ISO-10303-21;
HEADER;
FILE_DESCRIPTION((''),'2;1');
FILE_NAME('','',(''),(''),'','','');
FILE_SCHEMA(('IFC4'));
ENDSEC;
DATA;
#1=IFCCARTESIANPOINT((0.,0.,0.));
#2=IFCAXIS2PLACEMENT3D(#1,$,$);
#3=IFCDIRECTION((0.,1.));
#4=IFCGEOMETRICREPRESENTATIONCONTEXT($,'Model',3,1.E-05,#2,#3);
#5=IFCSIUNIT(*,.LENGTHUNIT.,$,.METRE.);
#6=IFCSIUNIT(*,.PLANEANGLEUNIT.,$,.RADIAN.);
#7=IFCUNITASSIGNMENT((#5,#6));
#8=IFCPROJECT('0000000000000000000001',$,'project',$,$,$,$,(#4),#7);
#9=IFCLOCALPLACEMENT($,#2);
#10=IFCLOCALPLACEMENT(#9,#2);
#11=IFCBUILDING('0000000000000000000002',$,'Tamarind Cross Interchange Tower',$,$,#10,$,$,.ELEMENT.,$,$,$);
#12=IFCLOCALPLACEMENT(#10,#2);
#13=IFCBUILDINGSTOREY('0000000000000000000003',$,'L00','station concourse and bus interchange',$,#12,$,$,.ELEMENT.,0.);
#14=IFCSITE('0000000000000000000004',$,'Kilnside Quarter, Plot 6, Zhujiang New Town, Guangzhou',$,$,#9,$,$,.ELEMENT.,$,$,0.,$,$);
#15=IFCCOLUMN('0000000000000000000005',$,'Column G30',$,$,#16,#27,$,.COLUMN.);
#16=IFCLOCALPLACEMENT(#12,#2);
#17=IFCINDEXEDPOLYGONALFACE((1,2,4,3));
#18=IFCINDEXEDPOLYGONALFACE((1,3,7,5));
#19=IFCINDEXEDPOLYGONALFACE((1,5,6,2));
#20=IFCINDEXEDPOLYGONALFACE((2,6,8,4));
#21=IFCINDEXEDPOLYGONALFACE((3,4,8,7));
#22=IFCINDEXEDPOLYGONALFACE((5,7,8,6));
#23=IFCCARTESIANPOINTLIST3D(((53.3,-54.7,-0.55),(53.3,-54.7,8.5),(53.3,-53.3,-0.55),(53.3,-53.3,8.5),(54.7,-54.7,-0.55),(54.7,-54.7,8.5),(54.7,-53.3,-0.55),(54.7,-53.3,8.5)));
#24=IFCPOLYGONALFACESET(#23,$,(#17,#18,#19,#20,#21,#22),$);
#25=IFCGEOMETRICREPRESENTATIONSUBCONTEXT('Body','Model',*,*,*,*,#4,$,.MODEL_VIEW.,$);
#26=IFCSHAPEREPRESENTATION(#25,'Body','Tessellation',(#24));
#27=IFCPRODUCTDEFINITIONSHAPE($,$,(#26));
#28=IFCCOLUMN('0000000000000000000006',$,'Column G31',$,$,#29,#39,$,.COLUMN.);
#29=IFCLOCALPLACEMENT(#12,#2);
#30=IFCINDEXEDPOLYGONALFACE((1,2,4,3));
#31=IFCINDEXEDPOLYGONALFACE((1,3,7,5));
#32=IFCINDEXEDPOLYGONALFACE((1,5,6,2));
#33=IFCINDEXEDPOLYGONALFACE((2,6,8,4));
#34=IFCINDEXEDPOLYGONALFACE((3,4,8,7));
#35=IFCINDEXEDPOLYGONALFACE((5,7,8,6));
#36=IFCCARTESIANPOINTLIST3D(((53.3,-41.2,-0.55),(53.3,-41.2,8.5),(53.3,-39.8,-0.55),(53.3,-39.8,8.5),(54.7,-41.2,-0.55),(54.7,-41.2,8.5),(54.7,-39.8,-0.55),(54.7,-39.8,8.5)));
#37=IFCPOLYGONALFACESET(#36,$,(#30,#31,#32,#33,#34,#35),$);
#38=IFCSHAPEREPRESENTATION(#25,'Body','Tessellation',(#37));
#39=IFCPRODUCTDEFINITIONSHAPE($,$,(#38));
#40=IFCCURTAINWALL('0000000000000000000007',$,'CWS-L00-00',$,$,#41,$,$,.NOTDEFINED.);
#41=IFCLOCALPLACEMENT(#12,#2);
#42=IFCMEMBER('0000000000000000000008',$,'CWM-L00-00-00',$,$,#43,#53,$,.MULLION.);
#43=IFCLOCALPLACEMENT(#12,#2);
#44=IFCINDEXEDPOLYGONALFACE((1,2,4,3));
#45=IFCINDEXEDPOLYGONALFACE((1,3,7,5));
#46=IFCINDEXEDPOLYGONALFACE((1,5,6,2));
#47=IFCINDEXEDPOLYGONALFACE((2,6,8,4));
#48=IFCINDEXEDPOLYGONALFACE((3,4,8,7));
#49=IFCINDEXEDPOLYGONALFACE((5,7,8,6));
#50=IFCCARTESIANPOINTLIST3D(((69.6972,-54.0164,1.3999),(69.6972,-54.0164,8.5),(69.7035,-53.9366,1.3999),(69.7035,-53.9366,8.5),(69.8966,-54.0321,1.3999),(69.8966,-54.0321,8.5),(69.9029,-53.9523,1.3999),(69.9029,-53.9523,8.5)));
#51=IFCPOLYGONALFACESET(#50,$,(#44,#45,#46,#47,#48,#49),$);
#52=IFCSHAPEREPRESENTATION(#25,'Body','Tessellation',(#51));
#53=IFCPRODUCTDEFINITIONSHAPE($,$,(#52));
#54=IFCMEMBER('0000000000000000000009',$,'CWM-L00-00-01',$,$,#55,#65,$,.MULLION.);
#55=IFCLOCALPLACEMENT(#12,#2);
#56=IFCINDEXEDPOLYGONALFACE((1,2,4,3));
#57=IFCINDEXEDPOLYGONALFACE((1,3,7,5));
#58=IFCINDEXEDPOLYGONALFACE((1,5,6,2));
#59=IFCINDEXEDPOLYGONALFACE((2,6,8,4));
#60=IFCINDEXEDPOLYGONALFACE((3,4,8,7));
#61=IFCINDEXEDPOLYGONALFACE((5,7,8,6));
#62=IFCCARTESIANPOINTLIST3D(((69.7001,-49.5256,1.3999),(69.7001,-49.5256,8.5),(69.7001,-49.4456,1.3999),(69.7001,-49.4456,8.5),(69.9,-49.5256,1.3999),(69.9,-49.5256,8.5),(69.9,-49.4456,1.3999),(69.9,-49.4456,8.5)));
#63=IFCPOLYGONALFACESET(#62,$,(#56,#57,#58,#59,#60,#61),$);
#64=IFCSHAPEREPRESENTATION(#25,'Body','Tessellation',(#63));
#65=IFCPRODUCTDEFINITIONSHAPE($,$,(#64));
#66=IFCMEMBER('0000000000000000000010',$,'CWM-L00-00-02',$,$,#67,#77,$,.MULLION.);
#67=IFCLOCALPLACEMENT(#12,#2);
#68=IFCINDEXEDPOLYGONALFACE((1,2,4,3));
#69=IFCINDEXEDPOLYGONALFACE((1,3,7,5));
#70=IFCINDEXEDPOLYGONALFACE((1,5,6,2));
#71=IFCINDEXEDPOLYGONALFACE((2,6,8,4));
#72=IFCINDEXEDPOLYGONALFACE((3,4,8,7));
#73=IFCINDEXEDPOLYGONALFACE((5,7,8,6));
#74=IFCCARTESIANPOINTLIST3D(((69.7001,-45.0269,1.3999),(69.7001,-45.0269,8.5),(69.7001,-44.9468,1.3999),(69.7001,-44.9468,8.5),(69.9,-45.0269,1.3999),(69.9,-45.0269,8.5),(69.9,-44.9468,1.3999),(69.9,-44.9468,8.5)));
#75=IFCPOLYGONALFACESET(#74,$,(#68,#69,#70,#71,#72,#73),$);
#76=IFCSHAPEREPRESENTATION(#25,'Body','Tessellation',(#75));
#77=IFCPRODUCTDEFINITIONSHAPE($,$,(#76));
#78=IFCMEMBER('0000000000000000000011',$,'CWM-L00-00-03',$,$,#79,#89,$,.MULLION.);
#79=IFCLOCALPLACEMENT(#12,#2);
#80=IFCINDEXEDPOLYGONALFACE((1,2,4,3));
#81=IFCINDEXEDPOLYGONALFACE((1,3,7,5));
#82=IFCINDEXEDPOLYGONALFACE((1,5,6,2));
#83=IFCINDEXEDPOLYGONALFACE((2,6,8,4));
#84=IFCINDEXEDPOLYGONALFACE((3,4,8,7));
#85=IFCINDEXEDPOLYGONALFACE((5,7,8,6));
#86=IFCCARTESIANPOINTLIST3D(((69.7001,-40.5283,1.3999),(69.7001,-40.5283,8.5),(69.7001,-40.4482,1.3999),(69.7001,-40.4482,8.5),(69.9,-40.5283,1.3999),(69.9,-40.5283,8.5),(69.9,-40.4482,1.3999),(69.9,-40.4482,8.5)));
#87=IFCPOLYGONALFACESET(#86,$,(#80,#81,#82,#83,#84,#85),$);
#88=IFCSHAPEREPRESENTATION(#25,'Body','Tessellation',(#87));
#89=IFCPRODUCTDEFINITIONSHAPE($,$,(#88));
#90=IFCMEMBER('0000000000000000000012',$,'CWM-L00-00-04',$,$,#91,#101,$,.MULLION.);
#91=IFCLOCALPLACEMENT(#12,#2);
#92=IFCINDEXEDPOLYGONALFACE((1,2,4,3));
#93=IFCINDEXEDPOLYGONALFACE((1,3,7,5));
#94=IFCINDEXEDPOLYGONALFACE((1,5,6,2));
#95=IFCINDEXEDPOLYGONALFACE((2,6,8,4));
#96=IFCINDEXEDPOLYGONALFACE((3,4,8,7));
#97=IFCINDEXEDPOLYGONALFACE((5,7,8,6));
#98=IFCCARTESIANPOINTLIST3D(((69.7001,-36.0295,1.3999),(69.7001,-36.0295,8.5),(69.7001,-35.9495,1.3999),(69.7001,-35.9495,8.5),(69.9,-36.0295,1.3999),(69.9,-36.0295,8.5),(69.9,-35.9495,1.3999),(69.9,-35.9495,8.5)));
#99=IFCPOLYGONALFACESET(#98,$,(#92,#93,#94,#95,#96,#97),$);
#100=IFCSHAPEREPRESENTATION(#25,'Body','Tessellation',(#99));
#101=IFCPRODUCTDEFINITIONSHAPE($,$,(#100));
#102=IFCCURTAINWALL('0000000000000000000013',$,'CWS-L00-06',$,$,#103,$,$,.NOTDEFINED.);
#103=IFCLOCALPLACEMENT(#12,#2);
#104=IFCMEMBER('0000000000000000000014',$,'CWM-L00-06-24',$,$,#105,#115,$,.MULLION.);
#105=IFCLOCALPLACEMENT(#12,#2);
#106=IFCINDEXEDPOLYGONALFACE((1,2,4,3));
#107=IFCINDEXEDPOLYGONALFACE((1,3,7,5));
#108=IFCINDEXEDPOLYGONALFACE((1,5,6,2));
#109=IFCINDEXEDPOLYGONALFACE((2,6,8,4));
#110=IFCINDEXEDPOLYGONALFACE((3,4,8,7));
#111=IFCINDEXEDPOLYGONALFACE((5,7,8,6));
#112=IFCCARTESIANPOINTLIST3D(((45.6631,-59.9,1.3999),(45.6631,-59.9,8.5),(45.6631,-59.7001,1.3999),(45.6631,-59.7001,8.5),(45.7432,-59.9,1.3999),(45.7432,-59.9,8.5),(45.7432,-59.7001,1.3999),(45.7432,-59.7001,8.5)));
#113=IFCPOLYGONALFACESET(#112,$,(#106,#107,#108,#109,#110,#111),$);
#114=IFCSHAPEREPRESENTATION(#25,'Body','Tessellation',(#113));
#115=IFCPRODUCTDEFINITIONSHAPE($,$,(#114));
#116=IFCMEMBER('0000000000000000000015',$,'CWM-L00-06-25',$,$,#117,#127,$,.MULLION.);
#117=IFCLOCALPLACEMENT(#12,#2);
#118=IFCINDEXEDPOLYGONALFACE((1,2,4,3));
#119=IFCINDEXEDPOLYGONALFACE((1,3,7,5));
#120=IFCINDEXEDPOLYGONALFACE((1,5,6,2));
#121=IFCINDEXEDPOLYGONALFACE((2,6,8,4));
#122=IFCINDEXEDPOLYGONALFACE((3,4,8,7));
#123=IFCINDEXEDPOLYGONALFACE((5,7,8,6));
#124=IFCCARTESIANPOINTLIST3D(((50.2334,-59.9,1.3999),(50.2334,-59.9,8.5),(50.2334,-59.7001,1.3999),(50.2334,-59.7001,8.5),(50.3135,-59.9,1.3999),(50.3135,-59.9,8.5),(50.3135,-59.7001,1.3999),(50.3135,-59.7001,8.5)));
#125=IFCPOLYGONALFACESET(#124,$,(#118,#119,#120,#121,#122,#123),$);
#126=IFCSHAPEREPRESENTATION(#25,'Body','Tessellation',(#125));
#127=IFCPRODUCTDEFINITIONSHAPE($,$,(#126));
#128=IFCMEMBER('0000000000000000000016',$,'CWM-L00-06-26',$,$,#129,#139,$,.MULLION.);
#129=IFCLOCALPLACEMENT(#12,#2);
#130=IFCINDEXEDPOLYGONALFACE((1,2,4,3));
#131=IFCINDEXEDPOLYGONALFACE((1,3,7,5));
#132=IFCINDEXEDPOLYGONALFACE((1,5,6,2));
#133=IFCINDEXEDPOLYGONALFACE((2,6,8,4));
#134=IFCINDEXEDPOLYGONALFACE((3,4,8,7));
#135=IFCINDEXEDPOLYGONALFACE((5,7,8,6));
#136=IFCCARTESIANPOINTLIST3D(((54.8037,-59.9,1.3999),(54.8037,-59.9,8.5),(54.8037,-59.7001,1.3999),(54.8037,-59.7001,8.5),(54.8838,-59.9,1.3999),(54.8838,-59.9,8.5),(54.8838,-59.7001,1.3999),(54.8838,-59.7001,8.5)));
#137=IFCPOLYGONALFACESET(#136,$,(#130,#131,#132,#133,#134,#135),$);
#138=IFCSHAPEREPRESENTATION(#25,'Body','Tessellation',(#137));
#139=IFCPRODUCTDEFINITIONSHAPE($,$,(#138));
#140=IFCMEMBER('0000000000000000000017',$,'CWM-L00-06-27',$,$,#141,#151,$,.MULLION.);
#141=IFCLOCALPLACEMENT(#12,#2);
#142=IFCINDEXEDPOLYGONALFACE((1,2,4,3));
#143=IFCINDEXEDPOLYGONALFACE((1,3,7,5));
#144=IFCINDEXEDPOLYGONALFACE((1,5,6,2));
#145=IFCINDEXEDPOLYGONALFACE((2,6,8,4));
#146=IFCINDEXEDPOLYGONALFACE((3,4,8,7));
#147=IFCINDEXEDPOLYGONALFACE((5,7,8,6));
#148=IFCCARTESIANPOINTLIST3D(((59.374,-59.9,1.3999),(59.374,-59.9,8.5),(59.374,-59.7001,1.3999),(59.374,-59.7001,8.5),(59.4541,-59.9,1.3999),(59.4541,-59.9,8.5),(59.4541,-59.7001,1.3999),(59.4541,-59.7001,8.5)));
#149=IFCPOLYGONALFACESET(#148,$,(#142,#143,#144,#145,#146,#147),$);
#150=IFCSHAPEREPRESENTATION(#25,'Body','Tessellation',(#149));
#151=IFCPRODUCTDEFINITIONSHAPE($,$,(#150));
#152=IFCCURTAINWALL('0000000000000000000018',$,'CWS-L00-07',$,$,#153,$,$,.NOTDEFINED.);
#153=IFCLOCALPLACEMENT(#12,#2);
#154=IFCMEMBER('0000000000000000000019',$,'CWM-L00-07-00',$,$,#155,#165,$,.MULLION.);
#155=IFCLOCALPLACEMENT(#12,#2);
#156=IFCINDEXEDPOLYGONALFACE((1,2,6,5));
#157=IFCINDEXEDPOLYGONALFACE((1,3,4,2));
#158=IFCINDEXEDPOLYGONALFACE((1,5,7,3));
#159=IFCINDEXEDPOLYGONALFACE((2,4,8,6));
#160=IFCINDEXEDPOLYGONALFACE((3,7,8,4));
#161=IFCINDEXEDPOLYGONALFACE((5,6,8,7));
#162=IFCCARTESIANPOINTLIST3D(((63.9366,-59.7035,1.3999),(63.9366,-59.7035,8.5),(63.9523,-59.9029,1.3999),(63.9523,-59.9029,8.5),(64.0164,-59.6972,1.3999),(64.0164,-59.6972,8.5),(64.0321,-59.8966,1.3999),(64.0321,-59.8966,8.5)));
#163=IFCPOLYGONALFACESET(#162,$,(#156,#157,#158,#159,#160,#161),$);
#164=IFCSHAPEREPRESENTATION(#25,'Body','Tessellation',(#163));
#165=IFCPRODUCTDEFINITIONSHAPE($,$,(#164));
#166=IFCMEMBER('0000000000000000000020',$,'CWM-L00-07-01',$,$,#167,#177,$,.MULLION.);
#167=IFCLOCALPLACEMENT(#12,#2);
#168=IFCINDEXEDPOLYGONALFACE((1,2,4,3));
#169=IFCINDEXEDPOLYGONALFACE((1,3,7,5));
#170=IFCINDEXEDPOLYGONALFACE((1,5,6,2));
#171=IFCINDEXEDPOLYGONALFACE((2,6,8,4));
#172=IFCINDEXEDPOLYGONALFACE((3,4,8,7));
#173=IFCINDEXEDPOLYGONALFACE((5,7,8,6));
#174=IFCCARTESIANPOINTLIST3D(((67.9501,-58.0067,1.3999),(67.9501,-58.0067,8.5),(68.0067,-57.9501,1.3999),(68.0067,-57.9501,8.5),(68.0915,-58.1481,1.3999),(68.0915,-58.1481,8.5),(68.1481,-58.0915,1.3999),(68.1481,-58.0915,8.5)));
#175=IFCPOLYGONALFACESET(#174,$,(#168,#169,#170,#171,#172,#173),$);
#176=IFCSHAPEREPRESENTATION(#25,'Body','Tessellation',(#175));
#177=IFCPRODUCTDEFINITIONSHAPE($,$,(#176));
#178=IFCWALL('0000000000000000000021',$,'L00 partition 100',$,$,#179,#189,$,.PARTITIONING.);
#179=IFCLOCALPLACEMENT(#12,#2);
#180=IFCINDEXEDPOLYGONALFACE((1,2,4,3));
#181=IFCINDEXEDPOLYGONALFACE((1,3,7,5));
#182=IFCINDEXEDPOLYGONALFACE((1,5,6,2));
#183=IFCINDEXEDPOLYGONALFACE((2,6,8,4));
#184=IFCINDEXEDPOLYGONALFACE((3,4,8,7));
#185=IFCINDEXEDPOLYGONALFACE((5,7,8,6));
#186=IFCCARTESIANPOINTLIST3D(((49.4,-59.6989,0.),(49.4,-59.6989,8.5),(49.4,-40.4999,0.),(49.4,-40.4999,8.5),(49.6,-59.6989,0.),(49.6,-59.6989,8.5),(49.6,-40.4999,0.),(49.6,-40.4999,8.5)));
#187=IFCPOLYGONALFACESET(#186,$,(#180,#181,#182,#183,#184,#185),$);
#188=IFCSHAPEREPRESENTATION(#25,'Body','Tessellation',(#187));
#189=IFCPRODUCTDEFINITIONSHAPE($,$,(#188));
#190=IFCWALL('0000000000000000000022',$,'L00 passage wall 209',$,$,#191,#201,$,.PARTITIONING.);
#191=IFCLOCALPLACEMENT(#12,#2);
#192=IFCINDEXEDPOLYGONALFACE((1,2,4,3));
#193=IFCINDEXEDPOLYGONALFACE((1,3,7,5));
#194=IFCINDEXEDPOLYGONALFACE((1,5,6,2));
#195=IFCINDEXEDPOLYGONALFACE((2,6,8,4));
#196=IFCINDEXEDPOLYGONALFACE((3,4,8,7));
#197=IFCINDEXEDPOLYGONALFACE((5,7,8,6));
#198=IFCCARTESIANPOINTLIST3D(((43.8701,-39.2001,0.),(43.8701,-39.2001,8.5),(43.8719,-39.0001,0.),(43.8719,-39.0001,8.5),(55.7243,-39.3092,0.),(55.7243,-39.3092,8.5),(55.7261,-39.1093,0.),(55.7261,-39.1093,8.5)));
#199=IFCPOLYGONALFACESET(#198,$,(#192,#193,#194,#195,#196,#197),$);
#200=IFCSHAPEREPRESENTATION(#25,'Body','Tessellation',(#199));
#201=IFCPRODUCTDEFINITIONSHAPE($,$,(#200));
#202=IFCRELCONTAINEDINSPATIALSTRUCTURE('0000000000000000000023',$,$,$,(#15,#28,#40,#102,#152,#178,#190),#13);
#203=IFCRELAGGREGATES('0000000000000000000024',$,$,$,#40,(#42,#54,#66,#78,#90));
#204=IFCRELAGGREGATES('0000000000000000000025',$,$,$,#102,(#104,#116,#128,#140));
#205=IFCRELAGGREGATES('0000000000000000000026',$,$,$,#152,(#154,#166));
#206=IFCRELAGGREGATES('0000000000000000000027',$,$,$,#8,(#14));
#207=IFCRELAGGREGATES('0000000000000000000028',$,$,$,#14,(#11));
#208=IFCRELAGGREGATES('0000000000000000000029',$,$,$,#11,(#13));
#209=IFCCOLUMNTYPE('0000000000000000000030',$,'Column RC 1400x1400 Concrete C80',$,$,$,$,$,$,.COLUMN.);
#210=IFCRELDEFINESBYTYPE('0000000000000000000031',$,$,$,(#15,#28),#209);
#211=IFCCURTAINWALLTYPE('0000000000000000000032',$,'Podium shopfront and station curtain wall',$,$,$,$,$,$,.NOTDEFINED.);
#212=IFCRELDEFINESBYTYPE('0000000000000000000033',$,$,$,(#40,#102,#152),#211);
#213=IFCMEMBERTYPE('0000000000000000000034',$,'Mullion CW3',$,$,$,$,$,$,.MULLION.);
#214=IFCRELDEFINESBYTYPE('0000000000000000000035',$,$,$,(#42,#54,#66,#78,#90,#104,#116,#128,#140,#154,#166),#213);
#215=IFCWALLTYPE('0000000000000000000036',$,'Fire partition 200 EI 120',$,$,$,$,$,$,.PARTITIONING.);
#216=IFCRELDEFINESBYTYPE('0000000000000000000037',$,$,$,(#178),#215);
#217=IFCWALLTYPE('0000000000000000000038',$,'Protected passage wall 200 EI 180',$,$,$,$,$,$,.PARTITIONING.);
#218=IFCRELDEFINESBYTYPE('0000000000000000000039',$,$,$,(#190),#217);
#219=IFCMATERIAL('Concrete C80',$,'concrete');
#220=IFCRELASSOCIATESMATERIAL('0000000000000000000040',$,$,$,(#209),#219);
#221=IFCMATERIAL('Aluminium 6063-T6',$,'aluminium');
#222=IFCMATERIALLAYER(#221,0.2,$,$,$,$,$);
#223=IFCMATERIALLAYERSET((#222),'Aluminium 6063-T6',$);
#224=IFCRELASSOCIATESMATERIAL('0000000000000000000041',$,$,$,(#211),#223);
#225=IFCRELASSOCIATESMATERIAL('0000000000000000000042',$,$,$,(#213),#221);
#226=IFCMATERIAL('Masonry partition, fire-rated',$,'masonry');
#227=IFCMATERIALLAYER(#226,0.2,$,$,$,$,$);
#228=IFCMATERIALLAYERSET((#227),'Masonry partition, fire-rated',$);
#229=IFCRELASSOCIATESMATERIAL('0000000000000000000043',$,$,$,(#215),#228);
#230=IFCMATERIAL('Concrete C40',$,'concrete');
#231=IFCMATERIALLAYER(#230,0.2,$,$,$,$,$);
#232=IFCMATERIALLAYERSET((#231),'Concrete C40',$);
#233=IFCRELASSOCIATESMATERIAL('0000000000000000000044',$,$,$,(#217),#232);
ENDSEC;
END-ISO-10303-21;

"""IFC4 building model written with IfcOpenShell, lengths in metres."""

from ifc_helpers import new_model, si_unit, direction, frame, frame_2d, origin, origin_2d, place, context, subcontext, project, spatial, rectangle, extrude, material, layer, layer_set, material_profile, profile_set, type_object, element, aggregate, save


model = new_model("IFC4")

# Units and contexts
model_context = context("Model", 3, precision=1e-05, world=origin(), true_north=direction((0.0, 1.0)))
body_context = subcontext(model_context, "Body", "Model", "MODEL_VIEW")
ifc_project = project(units=[si_unit("LENGTHUNIT", "METRE"), si_unit("PLANEANGLEUNIT", "RADIAN")], contexts=[model_context])

# Site, building, storey
site_placement = place(None, origin())
site = spatial("IfcSite", under=ifc_project, at=site_placement, Name="Kilnside Quarter, Plot 6, Zhujiang New Town, Guangzhou", CompositionType="ELEMENT", RefElevation=0.0)
building_placement = place(site_placement, origin())
building = spatial("IfcBuilding", under=site, at=building_placement, Name="Tamarind Cross Interchange Tower", CompositionType="ELEMENT")
storey_placement = place(building_placement, origin())
storey = spatial("IfcBuildingStorey", under=building, at=storey_placement, Name="L00", Description="station concourse and bus interchange", CompositionType="ELEMENT", Elevation=0.0)

# Columns
ifc_material_1 = material(Name="Concrete C80", Category="concrete")
ifc_material_profile_1 = material_profile(ifc_material_1, rectangle(XDim=1.3999, YDim=1.3999, at=origin_2d()), Name="RC 1400x1400")
ifc_profile_set_1 = profile_set([ifc_material_profile_1], Name="Concrete C80")
column_type = type_object("IfcColumnType", Name="Column RC 1400x1400 Concrete C80", PredefinedType="COLUMN", material=ifc_profile_set_1)
for number, where, z_axis, x_axis, name in (
    (1, (54.0, -54.0, -0.55), (0.0, 0.0, 1.0), (1.0, 0.0, 0.0), "Column G30"),
    (2, (54.0, -40.5, -0.55), (0.0, 0.0, 1.0), (1.0, 0.0, 0.0), "Column G31"),
):
    element("IfcColumn", number, at=place(storey_placement, frame(where, z_axis=z_axis, x_axis=x_axis)), inside=storey, type_object=column_type, Name=name, PredefinedType="COLUMN", context=body_context, shape_type="SweptSolid", body=[
        extrude(rectangle(XDim=1.3999, YDim=1.3999, at=origin_2d()), origin(), (0.0, 0.0, 1.0), 9.05),
    ])

# Curtain walls, members
ifc_material_2 = material(Name="Aluminium 6063-T6", Category="aluminium")
ifc_layer_1 = layer(ifc_material_2, 0.2)
ifc_layer_set_1 = layer_set([ifc_layer_1], Name="Aluminium 6063-T6")
curtain_wall_type = type_object("IfcCurtainWallType", Name="Podium shopfront and station curtain wall", PredefinedType="NOTDEFINED", material=ifc_layer_set_1)
curtain_wall_1_placement = place(storey_placement, origin())
curtain_wall_1 = element("IfcCurtainWall", 3, at=curtain_wall_1_placement, inside=storey, type_object=curtain_wall_type, Name="CWS-L00-00", PredefinedType="NOTDEFINED")
ifc_material_profile_2 = material_profile(ifc_material_2, rectangle(XDim=0.0801, YDim=0.2, at=origin_2d()), Name="Mullion CW3")
ifc_profile_set_2 = profile_set([ifc_material_profile_2], Name="Aluminium 6063-T6")
member_type = type_object("IfcMemberType", Name="Mullion CW3", PredefinedType="MULLION", material=ifc_profile_set_2)
member_1_placement = place(storey_placement, frame((69.8, -53.9844, 1.3999), z_axis=(0.0, 0.0, 1.0), x_axis=(0.078459, 0.996917, 0.0)))
member_1 = element("IfcMember", 4, at=member_1_placement, type_object=member_type, Name="CWM-L00-00-00", PredefinedType="MULLION", context=body_context, shape_type="SweptSolid", body=[
    extrude(rectangle(XDim=0.0801, YDim=0.2, at=origin_2d()), origin(), (0.0, 0.0, 1.0), 7.1001),
])
member_2_placement = place(storey_placement, frame((69.8, -49.4856, 1.3999), z_axis=(0.0, 0.0, 1.0), x_axis=(0.0, 1.0, 0.0)))
member_2 = element("IfcMember", 5, at=member_2_placement, type_object=member_type, Name="CWM-L00-00-01", PredefinedType="MULLION", context=body_context, shape_type="SweptSolid", body=[
    extrude(rectangle(XDim=0.0801, YDim=0.2, at=origin_2d()), origin(), (0.0, 0.0, 1.0), 7.1001),
])
member_3_placement = place(storey_placement, frame((69.8, -44.9868, 1.3999), z_axis=(0.0, 0.0, 1.0), x_axis=(0.0, 1.0, 0.0)))
member_3 = element("IfcMember", 6, at=member_3_placement, type_object=member_type, Name="CWM-L00-00-02", PredefinedType="MULLION", context=body_context, shape_type="SweptSolid", body=[
    extrude(rectangle(XDim=0.0801, YDim=0.2, at=origin_2d()), origin(), (0.0, 0.0, 1.0), 7.1001),
])
member_4_placement = place(storey_placement, frame((69.8, -40.4883, 1.3999), z_axis=(0.0, 0.0, 1.0), x_axis=(0.0, 1.0, 0.0)))
member_4 = element("IfcMember", 7, at=member_4_placement, type_object=member_type, Name="CWM-L00-00-03", PredefinedType="MULLION", context=body_context, shape_type="SweptSolid", body=[
    extrude(rectangle(XDim=0.0801, YDim=0.2, at=origin_2d()), origin(), (0.0, 0.0, 1.0), 7.1001),
])
member_5_placement = place(storey_placement, frame((69.8, -35.9895, 1.3999), z_axis=(0.0, 0.0, 1.0), x_axis=(0.0, 1.0, 0.0)))
member_5 = element("IfcMember", 8, at=member_5_placement, type_object=member_type, Name="CWM-L00-00-04", PredefinedType="MULLION", context=body_context, shape_type="SweptSolid", body=[
    extrude(rectangle(XDim=0.0801, YDim=0.2, at=origin_2d()), origin(), (0.0, 0.0, 1.0), 7.1001),
])
aggregate(curtain_wall_1, [member_1, member_2, member_3, member_4, member_5])
curtain_wall_2_placement = place(storey_placement, origin())
curtain_wall_2 = element("IfcCurtainWall", 9, at=curtain_wall_2_placement, inside=storey, type_object=curtain_wall_type, Name="CWS-L00-06", PredefinedType="NOTDEFINED")
member_6_placement = place(storey_placement, frame((45.7031, -59.8, 1.3999), z_axis=(0.0, 0.0, 1.0), x_axis=(1.0, 0.0, 0.0)))
member_6 = element("IfcMember", 10, at=member_6_placement, type_object=member_type, Name="CWM-L00-06-24", PredefinedType="MULLION", context=body_context, shape_type="SweptSolid", body=[
    extrude(rectangle(XDim=0.0801, YDim=0.2, at=origin_2d()), origin(), (0.0, 0.0, 1.0), 7.1001),
])
member_7_placement = place(storey_placement, frame((50.2734, -59.8, 1.3999), z_axis=(0.0, 0.0, 1.0), x_axis=(1.0, 0.0, 0.0)))
member_7 = element("IfcMember", 11, at=member_7_placement, type_object=member_type, Name="CWM-L00-06-25", PredefinedType="MULLION", context=body_context, shape_type="SweptSolid", body=[
    extrude(rectangle(XDim=0.0801, YDim=0.2, at=origin_2d()), origin(), (0.0, 0.0, 1.0), 7.1001),
])
member_8_placement = place(storey_placement, frame((54.8438, -59.8, 1.3999), z_axis=(0.0, 0.0, 1.0), x_axis=(1.0, 0.0, 0.0)))
member_8 = element("IfcMember", 12, at=member_8_placement, type_object=member_type, Name="CWM-L00-06-26", PredefinedType="MULLION", context=body_context, shape_type="SweptSolid", body=[
    extrude(rectangle(XDim=0.0801, YDim=0.2, at=origin_2d()), origin(), (0.0, 0.0, 1.0), 7.1001),
])
member_9_placement = place(storey_placement, frame((59.4141, -59.8, 1.3999), z_axis=(0.0, 0.0, 1.0), x_axis=(1.0, 0.0, 0.0)))
member_9 = element("IfcMember", 13, at=member_9_placement, type_object=member_type, Name="CWM-L00-06-27", PredefinedType="MULLION", context=body_context, shape_type="SweptSolid", body=[
    extrude(rectangle(XDim=0.0801, YDim=0.2, at=origin_2d()), origin(), (0.0, 0.0, 1.0), 7.1001),
])
aggregate(curtain_wall_2, [member_6, member_7, member_8, member_9])
curtain_wall_3_placement = place(storey_placement, origin())
curtain_wall_3 = element("IfcCurtainWall", 14, at=curtain_wall_3_placement, inside=storey, type_object=curtain_wall_type, Name="CWS-L00-07", PredefinedType="NOTDEFINED")
member_10_placement = place(storey_placement, frame((63.9844, -59.8, 1.3999), z_axis=(0.0, 0.0, 1.0), x_axis=(0.996917, 0.078459, 0.0)))
member_10 = element("IfcMember", 15, at=member_10_placement, type_object=member_type, Name="CWM-L00-07-00", PredefinedType="MULLION", context=body_context, shape_type="SweptSolid", body=[
    extrude(rectangle(XDim=0.0801, YDim=0.2, at=origin_2d()), origin(), (0.0, 0.0, 1.0), 7.1001),
])
member_11_placement = place(storey_placement, frame((68.0491, -58.0491, 1.3999), z_axis=(0.0, 0.0, 1.0), x_axis=(0.707107, 0.707107, 0.0)))
member_11 = element("IfcMember", 16, at=member_11_placement, type_object=member_type, Name="CWM-L00-07-01", PredefinedType="MULLION", context=body_context, shape_type="SweptSolid", body=[
    extrude(rectangle(XDim=0.0801, YDim=0.2, at=origin_2d()), origin(), (0.0, 0.0, 1.0), 7.1001),
])
aggregate(curtain_wall_3, [member_10, member_11])

# Wall
ifc_material_3 = material(Name="Masonry partition, fire-rated", Category="masonry")
ifc_layer_2 = layer(ifc_material_3, 0.2)
ifc_layer_set_2 = layer_set([ifc_layer_2], Name="Masonry partition, fire-rated")
wall_type_1 = type_object("IfcWallType", Name="Fire partition 200 EI 120", PredefinedType="PARTITIONING", material=ifc_layer_set_2)
wall_1_placement = place(storey_placement, frame((49.5, -59.699, 0.0), z_axis=(0.0, 0.0, 1.0), x_axis=(0.0, 1.0, 0.0)))
element("IfcWall", 17, at=wall_1_placement, inside=storey, type_object=wall_type_1, Name="L00 partition 100", PredefinedType="PARTITIONING", context=body_context, shape_type="SweptSolid", body=[
    extrude(rectangle(XDim=19.199, YDim=0.2, at=frame_2d((9.5996, 0.0))), origin(), (0.0, 0.0, 1.0), 8.5),
])

# Wall
ifc_material_4 = material(Name="Concrete C40", Category="concrete")
ifc_layer_3 = layer(ifc_material_4, 0.2)
ifc_layer_set_3 = layer_set([ifc_layer_3], Name="Concrete C40")
wall_type_2 = type_object("IfcWallType", Name="Protected passage wall 200 EI 180", PredefinedType="PARTITIONING", material=ifc_layer_set_3)
wall_2_placement = place(storey_placement, frame((55.7251, -39.2092, 0.0), z_axis=(0.0, 0.0, 1.0), x_axis=(-0.999958, 0.009206, 0.0)))
element("IfcWall", 18, at=wall_2_placement, inside=storey, type_object=wall_type_2, Name="L00 passage wall 209", PredefinedType="PARTITIONING", context=body_context, shape_type="SweptSolid", body=[
    extrude(rectangle(XDim=11.8547, YDim=0.2, at=frame_2d((5.9272, 0.0))), origin(), (0.0, 0.0, 1.0), 8.5),
])

save(model, "model.ifc")
